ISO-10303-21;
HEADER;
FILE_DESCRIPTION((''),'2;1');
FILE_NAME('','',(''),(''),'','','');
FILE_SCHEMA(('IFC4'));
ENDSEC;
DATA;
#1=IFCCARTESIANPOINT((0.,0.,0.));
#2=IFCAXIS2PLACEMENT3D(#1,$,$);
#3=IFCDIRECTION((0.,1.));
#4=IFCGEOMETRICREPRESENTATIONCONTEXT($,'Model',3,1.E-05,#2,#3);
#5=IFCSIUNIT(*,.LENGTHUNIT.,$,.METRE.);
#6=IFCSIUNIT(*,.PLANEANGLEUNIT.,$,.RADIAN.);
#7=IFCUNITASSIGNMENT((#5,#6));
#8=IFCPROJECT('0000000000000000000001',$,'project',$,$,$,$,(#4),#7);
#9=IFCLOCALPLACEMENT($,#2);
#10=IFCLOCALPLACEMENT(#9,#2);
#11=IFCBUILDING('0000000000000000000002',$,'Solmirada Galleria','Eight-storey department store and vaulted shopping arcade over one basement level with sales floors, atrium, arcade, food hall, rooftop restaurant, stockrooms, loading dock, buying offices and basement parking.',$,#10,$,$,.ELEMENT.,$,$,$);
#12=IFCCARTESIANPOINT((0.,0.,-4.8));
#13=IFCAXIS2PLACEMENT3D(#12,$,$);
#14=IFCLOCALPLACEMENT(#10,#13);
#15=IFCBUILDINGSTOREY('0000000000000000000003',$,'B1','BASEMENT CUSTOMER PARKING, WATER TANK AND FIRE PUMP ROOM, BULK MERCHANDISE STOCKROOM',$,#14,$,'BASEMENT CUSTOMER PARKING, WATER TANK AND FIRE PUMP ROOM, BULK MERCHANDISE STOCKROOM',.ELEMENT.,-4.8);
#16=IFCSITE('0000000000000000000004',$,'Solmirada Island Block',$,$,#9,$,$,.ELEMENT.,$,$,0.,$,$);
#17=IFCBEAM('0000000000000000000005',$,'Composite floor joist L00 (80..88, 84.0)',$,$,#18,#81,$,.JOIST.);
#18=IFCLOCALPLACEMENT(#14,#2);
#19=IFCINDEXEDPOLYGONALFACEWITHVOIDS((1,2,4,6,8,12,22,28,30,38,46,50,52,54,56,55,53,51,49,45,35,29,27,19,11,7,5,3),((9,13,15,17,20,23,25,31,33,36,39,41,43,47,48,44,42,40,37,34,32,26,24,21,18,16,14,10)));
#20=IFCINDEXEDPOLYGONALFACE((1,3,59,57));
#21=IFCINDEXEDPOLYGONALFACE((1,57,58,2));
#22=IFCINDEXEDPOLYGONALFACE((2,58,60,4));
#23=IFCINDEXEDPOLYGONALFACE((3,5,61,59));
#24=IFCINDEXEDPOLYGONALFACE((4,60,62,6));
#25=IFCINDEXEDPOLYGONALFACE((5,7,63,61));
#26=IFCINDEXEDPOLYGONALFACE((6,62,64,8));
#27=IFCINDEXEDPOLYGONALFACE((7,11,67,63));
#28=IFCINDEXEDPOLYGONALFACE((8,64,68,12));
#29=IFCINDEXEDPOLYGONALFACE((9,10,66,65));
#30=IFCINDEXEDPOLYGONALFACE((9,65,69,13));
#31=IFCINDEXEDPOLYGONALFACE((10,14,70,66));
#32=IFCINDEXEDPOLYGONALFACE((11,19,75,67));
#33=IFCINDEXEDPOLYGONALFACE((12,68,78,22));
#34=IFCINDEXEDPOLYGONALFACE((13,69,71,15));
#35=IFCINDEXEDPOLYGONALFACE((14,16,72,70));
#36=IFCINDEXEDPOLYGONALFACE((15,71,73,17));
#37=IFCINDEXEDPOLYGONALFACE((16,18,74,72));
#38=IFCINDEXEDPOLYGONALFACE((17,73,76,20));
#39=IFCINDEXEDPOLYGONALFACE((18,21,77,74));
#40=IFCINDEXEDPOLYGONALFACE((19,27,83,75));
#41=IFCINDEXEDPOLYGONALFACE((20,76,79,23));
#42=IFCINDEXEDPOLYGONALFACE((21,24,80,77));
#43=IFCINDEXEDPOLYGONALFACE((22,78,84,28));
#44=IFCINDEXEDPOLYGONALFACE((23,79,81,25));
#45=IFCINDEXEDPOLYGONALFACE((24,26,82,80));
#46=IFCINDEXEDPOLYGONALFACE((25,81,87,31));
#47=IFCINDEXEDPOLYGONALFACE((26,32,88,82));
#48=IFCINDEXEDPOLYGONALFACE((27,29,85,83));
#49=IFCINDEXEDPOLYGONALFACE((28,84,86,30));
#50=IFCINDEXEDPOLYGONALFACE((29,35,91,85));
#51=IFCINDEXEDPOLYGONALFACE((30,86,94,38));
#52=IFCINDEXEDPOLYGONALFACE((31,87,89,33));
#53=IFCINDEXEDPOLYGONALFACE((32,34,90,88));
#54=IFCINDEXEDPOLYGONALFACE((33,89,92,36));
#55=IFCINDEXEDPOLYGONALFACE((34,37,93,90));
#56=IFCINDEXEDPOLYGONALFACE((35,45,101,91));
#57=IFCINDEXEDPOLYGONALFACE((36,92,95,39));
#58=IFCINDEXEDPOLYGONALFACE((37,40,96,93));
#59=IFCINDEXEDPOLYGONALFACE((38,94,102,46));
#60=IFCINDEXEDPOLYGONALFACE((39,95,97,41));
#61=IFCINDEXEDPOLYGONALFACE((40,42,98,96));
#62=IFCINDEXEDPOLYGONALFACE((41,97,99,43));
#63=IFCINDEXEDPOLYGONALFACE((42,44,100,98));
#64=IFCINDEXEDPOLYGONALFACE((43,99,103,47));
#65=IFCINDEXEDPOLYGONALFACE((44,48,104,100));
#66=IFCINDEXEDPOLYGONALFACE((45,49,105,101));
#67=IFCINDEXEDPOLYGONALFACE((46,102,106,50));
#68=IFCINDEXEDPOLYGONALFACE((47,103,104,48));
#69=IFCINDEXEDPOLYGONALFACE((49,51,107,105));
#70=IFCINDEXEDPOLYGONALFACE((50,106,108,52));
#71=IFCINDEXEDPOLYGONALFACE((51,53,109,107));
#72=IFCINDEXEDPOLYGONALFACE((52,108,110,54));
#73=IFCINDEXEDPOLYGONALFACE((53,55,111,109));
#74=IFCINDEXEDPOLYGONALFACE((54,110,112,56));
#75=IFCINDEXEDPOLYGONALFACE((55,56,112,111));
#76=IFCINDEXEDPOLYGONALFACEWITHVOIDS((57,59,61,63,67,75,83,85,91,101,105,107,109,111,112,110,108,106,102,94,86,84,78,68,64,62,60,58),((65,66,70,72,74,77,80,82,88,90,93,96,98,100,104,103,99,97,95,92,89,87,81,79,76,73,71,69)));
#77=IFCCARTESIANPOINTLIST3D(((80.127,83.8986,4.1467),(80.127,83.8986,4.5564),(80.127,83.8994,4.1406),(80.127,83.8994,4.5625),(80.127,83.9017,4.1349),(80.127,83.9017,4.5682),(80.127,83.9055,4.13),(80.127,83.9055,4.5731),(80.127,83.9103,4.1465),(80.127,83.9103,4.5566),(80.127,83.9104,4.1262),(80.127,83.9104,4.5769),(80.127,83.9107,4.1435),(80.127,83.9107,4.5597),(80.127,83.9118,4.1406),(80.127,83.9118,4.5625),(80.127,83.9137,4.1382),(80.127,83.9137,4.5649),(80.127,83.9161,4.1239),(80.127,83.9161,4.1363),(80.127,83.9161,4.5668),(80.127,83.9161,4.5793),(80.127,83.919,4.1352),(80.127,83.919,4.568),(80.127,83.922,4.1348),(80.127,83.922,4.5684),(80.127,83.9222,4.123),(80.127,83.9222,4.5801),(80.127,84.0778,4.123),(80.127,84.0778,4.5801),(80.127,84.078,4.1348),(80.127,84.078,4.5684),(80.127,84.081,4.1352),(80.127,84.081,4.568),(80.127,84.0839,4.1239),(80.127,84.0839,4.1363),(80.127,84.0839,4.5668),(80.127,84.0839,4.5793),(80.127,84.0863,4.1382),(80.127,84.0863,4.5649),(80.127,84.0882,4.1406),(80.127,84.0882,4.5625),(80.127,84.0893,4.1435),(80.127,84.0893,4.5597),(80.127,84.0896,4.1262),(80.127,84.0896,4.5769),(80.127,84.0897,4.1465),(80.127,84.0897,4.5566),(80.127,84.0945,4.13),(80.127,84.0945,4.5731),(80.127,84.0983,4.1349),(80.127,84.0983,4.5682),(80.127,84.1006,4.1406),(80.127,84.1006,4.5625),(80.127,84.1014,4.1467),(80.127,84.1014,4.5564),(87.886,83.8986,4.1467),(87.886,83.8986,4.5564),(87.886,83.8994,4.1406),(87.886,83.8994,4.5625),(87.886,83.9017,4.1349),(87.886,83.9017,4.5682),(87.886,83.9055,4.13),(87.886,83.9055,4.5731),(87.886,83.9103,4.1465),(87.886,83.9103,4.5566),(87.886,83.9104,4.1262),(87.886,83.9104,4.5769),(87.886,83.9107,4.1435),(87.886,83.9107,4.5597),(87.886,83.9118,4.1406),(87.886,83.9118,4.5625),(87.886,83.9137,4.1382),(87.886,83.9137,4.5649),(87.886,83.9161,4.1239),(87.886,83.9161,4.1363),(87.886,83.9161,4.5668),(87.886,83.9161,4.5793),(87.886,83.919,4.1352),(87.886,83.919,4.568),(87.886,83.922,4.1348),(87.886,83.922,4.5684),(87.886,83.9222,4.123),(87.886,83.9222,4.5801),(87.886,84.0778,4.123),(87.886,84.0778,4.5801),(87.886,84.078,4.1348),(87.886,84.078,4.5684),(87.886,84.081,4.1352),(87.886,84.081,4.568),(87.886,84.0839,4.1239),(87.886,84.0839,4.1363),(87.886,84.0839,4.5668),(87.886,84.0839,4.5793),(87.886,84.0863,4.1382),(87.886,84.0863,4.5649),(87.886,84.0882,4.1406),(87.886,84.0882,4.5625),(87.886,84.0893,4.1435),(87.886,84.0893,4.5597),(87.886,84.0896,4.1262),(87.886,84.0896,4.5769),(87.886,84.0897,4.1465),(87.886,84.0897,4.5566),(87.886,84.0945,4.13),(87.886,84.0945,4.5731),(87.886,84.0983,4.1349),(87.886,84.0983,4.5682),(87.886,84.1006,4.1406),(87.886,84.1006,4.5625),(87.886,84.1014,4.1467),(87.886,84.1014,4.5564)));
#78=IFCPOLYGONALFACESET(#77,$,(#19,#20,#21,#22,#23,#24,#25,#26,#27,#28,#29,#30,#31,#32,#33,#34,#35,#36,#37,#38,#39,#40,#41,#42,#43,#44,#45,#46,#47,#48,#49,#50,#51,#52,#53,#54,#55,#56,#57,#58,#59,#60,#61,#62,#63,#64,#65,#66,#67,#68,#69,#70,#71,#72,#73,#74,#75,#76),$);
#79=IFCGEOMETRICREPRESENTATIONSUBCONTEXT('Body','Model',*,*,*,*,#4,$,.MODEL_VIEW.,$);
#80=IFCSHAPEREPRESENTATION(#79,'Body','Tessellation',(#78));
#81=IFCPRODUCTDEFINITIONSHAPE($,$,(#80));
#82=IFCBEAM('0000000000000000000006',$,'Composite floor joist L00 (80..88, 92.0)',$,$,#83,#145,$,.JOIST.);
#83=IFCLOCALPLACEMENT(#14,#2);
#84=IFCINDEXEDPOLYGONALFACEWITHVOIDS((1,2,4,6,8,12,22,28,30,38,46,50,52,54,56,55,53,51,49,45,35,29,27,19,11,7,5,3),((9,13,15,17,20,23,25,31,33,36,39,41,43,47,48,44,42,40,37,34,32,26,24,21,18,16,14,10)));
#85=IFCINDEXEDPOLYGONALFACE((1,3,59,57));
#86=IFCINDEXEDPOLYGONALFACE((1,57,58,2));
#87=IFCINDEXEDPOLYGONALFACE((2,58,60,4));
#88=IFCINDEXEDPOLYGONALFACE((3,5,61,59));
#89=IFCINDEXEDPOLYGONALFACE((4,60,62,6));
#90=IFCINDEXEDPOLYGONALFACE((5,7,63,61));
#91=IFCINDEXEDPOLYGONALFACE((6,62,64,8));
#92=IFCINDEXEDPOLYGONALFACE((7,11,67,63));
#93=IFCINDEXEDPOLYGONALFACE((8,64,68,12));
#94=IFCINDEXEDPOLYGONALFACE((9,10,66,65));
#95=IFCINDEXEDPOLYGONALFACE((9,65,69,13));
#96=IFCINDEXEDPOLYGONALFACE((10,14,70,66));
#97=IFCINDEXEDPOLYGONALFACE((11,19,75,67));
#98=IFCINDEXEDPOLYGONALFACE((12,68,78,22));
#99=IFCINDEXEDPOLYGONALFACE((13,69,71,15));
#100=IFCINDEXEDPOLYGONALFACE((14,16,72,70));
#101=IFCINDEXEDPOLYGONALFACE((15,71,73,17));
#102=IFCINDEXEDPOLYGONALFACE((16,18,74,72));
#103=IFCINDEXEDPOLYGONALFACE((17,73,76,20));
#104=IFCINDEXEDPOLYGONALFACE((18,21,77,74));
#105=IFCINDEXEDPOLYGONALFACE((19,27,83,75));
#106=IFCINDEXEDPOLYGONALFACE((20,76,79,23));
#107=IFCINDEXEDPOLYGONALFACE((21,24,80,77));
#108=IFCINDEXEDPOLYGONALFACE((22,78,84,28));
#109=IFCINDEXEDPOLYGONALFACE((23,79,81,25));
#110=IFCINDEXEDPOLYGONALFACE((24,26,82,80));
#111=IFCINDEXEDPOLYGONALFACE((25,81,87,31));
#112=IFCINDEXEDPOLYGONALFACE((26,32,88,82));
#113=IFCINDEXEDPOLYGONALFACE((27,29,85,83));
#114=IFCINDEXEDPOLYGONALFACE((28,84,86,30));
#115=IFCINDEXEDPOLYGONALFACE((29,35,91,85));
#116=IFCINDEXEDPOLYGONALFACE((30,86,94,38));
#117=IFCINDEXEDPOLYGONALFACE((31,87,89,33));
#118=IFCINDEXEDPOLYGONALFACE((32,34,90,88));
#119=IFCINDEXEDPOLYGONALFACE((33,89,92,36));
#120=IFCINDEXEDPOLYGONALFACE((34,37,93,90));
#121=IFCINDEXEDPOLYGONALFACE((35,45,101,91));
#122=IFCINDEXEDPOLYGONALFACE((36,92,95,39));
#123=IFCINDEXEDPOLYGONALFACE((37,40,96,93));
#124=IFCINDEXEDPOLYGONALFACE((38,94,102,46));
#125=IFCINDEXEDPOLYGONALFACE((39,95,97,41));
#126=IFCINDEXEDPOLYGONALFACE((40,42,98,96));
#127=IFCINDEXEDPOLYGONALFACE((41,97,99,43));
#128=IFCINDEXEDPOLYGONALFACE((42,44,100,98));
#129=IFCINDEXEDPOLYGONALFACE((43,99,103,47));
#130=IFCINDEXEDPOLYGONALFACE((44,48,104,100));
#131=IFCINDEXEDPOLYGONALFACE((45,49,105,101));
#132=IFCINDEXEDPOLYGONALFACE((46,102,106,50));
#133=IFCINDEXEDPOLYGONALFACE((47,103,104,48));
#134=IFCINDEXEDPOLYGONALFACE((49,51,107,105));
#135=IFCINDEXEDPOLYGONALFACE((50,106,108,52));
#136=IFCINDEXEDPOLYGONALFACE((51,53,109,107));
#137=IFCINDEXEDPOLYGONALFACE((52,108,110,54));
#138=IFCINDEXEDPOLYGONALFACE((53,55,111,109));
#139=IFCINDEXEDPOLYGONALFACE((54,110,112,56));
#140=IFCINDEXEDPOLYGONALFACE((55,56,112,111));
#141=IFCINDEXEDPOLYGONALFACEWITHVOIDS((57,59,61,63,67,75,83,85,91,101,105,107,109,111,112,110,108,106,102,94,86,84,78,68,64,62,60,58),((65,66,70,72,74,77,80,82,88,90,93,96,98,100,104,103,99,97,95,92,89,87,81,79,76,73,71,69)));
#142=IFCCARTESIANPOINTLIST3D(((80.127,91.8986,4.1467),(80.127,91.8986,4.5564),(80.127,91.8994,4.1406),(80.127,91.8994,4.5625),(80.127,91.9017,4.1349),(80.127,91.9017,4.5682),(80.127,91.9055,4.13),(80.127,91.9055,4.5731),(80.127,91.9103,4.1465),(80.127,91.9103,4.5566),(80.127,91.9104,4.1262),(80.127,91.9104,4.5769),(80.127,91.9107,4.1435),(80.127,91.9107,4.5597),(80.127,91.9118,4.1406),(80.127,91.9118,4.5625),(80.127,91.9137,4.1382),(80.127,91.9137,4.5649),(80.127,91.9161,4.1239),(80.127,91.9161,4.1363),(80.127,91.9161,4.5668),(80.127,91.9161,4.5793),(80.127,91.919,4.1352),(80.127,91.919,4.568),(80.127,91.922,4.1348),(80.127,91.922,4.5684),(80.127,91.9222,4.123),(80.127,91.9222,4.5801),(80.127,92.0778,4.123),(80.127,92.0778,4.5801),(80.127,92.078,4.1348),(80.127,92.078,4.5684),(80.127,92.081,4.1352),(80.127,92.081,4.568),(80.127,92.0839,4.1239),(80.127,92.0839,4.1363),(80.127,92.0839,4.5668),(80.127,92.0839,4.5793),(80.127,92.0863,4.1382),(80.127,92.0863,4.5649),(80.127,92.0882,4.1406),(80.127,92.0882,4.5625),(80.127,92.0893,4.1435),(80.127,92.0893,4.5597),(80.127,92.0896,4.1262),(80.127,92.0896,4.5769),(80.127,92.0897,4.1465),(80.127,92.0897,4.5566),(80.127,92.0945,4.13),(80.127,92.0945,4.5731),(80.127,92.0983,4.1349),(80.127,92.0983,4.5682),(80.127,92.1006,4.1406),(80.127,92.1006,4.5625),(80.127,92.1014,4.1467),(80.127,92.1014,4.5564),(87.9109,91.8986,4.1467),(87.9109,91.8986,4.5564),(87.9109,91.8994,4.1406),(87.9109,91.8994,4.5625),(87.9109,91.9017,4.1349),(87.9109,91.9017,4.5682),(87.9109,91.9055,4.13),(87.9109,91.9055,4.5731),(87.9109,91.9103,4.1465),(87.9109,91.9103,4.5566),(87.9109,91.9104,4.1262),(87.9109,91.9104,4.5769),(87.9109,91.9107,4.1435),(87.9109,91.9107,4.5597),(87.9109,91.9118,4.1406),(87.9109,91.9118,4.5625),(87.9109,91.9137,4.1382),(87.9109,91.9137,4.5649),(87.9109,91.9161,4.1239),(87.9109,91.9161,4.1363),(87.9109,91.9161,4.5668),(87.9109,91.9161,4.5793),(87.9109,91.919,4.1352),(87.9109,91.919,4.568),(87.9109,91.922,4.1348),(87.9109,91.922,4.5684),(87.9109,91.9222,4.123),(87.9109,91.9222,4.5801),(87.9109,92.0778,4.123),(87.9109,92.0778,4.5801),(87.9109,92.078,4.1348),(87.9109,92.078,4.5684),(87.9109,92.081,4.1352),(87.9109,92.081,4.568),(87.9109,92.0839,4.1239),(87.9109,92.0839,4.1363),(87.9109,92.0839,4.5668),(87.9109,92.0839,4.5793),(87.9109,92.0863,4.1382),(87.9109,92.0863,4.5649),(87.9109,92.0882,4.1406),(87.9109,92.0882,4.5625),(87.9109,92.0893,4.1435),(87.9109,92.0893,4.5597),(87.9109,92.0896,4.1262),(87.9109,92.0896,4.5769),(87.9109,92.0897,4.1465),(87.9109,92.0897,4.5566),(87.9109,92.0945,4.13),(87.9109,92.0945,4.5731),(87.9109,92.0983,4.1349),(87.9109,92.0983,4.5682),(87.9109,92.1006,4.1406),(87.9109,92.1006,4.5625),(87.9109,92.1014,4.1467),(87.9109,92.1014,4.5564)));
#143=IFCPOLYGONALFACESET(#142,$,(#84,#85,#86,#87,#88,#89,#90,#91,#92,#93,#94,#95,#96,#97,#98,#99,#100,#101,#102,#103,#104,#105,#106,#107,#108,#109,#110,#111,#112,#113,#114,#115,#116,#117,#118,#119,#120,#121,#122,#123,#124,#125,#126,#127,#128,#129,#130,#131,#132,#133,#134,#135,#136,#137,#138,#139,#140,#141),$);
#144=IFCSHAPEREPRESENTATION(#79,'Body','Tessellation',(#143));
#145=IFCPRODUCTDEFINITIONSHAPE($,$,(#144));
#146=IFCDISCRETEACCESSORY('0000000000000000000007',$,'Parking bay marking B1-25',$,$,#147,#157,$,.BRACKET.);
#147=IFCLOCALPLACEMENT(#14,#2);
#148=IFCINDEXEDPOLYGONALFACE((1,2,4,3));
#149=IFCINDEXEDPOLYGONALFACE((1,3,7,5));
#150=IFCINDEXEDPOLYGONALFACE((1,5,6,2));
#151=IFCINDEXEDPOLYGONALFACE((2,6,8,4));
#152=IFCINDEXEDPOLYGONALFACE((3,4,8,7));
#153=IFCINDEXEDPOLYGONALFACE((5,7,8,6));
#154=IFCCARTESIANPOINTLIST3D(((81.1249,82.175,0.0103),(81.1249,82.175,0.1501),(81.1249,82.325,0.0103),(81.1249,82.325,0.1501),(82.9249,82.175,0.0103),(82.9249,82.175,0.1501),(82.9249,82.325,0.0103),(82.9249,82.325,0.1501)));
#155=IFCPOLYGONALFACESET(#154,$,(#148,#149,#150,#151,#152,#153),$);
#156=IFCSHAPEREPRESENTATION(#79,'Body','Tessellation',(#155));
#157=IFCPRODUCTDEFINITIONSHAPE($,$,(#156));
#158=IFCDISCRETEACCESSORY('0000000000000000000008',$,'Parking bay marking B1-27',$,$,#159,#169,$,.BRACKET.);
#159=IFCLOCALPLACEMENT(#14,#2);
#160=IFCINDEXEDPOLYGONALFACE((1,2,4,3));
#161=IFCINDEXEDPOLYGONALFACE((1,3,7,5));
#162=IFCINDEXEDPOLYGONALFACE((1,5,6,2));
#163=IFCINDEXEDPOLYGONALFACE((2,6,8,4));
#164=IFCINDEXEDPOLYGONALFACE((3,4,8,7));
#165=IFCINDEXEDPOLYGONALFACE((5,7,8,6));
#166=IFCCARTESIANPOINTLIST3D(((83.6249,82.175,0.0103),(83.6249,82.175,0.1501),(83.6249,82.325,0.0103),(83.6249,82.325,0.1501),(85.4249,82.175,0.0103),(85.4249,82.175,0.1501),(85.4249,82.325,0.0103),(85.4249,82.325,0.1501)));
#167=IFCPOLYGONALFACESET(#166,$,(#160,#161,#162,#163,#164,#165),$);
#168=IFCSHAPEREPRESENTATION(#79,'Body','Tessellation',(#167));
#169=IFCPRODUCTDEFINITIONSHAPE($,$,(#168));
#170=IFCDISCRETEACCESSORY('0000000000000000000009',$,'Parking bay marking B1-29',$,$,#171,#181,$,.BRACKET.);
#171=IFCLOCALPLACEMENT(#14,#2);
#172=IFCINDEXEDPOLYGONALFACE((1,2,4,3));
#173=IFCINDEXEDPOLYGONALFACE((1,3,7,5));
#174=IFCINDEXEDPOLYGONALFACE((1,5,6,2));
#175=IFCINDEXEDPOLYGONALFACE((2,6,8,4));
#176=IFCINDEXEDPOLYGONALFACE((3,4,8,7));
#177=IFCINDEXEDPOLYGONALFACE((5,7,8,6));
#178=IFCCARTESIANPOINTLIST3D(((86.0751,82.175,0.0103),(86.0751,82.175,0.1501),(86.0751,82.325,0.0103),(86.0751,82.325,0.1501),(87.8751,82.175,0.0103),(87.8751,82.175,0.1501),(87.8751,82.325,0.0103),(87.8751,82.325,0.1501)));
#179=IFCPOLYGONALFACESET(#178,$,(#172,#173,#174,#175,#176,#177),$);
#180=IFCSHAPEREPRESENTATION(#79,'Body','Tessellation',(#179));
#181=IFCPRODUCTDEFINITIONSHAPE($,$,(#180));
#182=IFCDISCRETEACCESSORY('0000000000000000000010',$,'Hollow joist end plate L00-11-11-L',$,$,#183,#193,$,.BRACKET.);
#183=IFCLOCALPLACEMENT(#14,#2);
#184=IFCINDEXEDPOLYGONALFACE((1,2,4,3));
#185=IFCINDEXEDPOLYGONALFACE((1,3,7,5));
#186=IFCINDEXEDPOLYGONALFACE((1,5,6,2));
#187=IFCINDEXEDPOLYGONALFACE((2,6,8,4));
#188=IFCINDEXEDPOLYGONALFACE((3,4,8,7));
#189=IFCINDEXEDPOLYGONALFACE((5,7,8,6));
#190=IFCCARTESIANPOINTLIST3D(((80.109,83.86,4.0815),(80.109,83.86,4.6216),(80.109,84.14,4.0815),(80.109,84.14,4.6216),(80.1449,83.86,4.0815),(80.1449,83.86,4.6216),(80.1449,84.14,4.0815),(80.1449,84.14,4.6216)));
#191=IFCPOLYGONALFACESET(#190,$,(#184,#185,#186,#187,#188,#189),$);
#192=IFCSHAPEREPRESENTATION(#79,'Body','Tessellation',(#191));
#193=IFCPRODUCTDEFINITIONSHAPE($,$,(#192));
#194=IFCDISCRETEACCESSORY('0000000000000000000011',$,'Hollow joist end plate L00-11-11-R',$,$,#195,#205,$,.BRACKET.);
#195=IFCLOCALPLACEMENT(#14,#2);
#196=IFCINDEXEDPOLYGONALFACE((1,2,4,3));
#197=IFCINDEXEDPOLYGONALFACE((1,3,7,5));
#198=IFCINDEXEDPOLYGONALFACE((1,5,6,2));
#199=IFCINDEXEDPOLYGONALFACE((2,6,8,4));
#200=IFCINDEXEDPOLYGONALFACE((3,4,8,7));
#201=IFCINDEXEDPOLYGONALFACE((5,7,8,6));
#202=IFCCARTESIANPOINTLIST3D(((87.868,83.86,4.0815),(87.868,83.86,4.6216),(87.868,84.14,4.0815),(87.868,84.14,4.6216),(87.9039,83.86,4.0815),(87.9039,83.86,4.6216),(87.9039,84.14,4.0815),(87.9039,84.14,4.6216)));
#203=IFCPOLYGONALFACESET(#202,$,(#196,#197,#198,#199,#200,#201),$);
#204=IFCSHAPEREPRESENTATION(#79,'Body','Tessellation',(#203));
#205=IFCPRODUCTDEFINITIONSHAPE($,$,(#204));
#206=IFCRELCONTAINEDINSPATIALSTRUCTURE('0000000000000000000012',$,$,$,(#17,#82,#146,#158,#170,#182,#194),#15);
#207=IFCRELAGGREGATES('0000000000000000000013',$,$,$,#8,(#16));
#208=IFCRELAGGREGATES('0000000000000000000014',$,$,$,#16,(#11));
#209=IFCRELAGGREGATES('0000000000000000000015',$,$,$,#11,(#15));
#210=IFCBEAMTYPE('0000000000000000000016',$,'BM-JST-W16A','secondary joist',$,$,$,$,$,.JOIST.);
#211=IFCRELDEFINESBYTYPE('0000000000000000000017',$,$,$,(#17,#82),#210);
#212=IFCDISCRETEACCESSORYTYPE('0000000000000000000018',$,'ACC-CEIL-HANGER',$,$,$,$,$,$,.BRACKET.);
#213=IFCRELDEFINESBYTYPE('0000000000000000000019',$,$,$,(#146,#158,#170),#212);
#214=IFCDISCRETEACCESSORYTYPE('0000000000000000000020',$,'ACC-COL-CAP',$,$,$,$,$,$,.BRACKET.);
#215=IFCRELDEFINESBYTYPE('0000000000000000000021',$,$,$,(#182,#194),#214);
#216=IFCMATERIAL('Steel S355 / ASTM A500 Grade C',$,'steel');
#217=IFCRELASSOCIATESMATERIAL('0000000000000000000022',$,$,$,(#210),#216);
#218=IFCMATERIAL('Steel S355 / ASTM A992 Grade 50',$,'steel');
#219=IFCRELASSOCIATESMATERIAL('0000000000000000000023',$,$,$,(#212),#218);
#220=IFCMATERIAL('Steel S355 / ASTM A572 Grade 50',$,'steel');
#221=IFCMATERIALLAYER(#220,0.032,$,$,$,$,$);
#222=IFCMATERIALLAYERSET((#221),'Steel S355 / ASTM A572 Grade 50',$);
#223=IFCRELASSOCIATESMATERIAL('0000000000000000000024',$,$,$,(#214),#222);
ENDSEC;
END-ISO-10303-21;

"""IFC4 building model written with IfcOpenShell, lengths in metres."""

from ifc_helpers import new_model, si_unit, direction, frame, origin, origin_2d, place, context, subcontext, project, spatial, rectangle, hollow_rectangle, extrude, material, layer, layer_set, material_profile, profile_set, type_object, element, save


model = new_model("IFC4")

# Units and contexts
model_context = context("Model", 3, precision=1e-05, world=origin(), true_north=direction((0.0, 1.0)))
body_context = subcontext(model_context, "Body", "Model", "MODEL_VIEW")
ifc_project = project(units=[si_unit("LENGTHUNIT", "METRE"), si_unit("PLANEANGLEUNIT", "RADIAN")], contexts=[model_context])

# Site, building, storey
site_placement = place(None, origin())
site = spatial("IfcSite", under=ifc_project, at=site_placement, Name="Solmirada Island Block", CompositionType="ELEMENT", RefElevation=0.0)
building_placement = place(site_placement, origin())
building = spatial("IfcBuilding", under=site, at=building_placement, Name="Solmirada Galleria", Description="Eight-storey department store and vaulted shopping arcade over one basement level with sales floors, atrium, arcade, food hall, rooftop restaurant, stockrooms, loading dock, buying offices and basement parking.", CompositionType="ELEMENT")
storey_placement = place(building_placement, frame((0.0, 0.0, -4.8)))
storey = spatial("IfcBuildingStorey", under=building, at=storey_placement, Name="B1", Description="BASEMENT CUSTOMER PARKING, WATER TANK AND FIRE PUMP ROOM, BULK MERCHANDISE STOCKROOM", LongName="BASEMENT CUSTOMER PARKING, WATER TANK AND FIRE PUMP ROOM, BULK MERCHANDISE STOCKROOM", CompositionType="ELEMENT", Elevation=-4.8)

# Shared definitions
ifc_material_1 = material(Name="Steel S355 / ASTM A500 Grade C", Category="steel")

# Beams
ifc_material_2 = material(Name="Steel S355 / ASTM A992 Grade 50", Category="steel")
ifc_material_profile_1 = material_profile(ifc_material_1, hollow_rectangle(XDim=0.2029, YDim=0.457, WallThickness=0.0117, InnerFilletRadius=0.0117, OuterFilletRadius=0.0237, at=origin_2d()), Name="HSS18X8X1/2")
ifc_profile_set_1 = profile_set([ifc_material_profile_1], Name="Steel S355 / ASTM A500 Grade C")
beam_type_1 = type_object("IfcBeamType", Name="BM-JST-W16A", Description="secondary joist", PredefinedType="JOIST", material=ifc_profile_set_1)
beam_1_placement = place(storey_placement, frame((80.127, 84.0, 4.3516), z_axis=(1.0, 0.0, 0.0), x_axis=(0.0, 1.0, 0.0)))
element("IfcBeam", 1, at=beam_1_placement, inside=storey, type_object=beam_type_1, Name="Composite floor joist L00 (80..88, 84.0)", PredefinedType="JOIST", context=body_context, shape_type="SweptSolid", body=[
    extrude(hollow_rectangle(XDim=0.2029, YDim=0.457, WallThickness=0.0117, InnerFilletRadius=0.0117, OuterFilletRadius=0.0237, at=origin_2d()), origin(), (0.0, 0.0, 1.0), 7.759),
])
beam_2_placement = place(storey_placement, frame((80.127, 92.0, 4.3516), z_axis=(1.0, 0.0, 0.0), x_axis=(0.0, 1.0, 0.0)))
element("IfcBeam", 2, at=beam_2_placement, inside=storey, type_object=beam_type_1, Name="Composite floor joist L00 (80..88, 92.0)", PredefinedType="JOIST", context=body_context, shape_type="SweptSolid", body=[
    extrude(hollow_rectangle(XDim=0.2029, YDim=0.457, WallThickness=0.0117, InnerFilletRadius=0.0117, OuterFilletRadius=0.0237, at=origin_2d()), origin(), (0.0, 0.0, 1.0), 7.7839),
])

# Discrete accessories
discrete_accessory_type_1 = type_object("IfcDiscreteAccessoryType", Name="ACC-CEIL-HANGER", PredefinedType="BRACKET", material=ifc_material_2)
for number, where, z_axis, x_axis, name in (
    (3, (82.0249, 82.25, 0.0103), (0.0, 0.0, 1.0), (1.0, 0.0, 0.0), "Parking bay marking B1-25"),
    (4, (84.5249, 82.25, 0.0103), (0.0, 0.0, 1.0), (1.0, 0.0, 0.0), "Parking bay marking B1-27"),
    (5, (86.9751, 82.25, 0.0103), (0.0, 0.0, 1.0), (1.0, 0.0, 0.0), "Parking bay marking B1-29"),
):
    element("IfcDiscreteAccessory", number, at=place(storey_placement, frame(where, z_axis=z_axis, x_axis=x_axis)), inside=storey, type_object=discrete_accessory_type_1, Name=name, PredefinedType="BRACKET", context=body_context, shape_type="SweptSolid", body=[
        extrude(rectangle(XDim=1.8, YDim=0.1499, at=origin_2d()), origin(), (0.0, 0.0, 1.0), 0.1399),
    ])
ifc_material_3 = material(Name="Steel S355 / ASTM A572 Grade 50", Category="steel")
ifc_layer = layer(ifc_material_3, 0.032)
ifc_layer_set = layer_set([ifc_layer], Name="Steel S355 / ASTM A572 Grade 50")
discrete_accessory_type_2 = type_object("IfcDiscreteAccessoryType", Name="ACC-COL-CAP", PredefinedType="BRACKET", material=ifc_layer_set)
for number, where, z_axis, x_axis, name in (
    (6, (80.127, 84.0, 4.0815), (0.0, 0.0, 1.0), (1.0, 0.0, 0.0), "Hollow joist end plate L00-11-11-L"),
    (7, (87.886, 84.0, 4.0815), (0.0, 0.0, 1.0), (1.0, 0.0, 0.0), "Hollow joist end plate L00-11-11-R"),
):
    element("IfcDiscreteAccessory", number, at=place(storey_placement, frame(where, z_axis=z_axis, x_axis=x_axis)), inside=storey, type_object=discrete_accessory_type_2, Name=name, PredefinedType="BRACKET", context=body_context, shape_type="SweptSolid", body=[
        extrude(rectangle(XDim=0.0359, YDim=0.28, at=origin_2d()), origin(), (0.0, 0.0, 1.0), 0.54),
    ])

save(model, "model.ifc")
